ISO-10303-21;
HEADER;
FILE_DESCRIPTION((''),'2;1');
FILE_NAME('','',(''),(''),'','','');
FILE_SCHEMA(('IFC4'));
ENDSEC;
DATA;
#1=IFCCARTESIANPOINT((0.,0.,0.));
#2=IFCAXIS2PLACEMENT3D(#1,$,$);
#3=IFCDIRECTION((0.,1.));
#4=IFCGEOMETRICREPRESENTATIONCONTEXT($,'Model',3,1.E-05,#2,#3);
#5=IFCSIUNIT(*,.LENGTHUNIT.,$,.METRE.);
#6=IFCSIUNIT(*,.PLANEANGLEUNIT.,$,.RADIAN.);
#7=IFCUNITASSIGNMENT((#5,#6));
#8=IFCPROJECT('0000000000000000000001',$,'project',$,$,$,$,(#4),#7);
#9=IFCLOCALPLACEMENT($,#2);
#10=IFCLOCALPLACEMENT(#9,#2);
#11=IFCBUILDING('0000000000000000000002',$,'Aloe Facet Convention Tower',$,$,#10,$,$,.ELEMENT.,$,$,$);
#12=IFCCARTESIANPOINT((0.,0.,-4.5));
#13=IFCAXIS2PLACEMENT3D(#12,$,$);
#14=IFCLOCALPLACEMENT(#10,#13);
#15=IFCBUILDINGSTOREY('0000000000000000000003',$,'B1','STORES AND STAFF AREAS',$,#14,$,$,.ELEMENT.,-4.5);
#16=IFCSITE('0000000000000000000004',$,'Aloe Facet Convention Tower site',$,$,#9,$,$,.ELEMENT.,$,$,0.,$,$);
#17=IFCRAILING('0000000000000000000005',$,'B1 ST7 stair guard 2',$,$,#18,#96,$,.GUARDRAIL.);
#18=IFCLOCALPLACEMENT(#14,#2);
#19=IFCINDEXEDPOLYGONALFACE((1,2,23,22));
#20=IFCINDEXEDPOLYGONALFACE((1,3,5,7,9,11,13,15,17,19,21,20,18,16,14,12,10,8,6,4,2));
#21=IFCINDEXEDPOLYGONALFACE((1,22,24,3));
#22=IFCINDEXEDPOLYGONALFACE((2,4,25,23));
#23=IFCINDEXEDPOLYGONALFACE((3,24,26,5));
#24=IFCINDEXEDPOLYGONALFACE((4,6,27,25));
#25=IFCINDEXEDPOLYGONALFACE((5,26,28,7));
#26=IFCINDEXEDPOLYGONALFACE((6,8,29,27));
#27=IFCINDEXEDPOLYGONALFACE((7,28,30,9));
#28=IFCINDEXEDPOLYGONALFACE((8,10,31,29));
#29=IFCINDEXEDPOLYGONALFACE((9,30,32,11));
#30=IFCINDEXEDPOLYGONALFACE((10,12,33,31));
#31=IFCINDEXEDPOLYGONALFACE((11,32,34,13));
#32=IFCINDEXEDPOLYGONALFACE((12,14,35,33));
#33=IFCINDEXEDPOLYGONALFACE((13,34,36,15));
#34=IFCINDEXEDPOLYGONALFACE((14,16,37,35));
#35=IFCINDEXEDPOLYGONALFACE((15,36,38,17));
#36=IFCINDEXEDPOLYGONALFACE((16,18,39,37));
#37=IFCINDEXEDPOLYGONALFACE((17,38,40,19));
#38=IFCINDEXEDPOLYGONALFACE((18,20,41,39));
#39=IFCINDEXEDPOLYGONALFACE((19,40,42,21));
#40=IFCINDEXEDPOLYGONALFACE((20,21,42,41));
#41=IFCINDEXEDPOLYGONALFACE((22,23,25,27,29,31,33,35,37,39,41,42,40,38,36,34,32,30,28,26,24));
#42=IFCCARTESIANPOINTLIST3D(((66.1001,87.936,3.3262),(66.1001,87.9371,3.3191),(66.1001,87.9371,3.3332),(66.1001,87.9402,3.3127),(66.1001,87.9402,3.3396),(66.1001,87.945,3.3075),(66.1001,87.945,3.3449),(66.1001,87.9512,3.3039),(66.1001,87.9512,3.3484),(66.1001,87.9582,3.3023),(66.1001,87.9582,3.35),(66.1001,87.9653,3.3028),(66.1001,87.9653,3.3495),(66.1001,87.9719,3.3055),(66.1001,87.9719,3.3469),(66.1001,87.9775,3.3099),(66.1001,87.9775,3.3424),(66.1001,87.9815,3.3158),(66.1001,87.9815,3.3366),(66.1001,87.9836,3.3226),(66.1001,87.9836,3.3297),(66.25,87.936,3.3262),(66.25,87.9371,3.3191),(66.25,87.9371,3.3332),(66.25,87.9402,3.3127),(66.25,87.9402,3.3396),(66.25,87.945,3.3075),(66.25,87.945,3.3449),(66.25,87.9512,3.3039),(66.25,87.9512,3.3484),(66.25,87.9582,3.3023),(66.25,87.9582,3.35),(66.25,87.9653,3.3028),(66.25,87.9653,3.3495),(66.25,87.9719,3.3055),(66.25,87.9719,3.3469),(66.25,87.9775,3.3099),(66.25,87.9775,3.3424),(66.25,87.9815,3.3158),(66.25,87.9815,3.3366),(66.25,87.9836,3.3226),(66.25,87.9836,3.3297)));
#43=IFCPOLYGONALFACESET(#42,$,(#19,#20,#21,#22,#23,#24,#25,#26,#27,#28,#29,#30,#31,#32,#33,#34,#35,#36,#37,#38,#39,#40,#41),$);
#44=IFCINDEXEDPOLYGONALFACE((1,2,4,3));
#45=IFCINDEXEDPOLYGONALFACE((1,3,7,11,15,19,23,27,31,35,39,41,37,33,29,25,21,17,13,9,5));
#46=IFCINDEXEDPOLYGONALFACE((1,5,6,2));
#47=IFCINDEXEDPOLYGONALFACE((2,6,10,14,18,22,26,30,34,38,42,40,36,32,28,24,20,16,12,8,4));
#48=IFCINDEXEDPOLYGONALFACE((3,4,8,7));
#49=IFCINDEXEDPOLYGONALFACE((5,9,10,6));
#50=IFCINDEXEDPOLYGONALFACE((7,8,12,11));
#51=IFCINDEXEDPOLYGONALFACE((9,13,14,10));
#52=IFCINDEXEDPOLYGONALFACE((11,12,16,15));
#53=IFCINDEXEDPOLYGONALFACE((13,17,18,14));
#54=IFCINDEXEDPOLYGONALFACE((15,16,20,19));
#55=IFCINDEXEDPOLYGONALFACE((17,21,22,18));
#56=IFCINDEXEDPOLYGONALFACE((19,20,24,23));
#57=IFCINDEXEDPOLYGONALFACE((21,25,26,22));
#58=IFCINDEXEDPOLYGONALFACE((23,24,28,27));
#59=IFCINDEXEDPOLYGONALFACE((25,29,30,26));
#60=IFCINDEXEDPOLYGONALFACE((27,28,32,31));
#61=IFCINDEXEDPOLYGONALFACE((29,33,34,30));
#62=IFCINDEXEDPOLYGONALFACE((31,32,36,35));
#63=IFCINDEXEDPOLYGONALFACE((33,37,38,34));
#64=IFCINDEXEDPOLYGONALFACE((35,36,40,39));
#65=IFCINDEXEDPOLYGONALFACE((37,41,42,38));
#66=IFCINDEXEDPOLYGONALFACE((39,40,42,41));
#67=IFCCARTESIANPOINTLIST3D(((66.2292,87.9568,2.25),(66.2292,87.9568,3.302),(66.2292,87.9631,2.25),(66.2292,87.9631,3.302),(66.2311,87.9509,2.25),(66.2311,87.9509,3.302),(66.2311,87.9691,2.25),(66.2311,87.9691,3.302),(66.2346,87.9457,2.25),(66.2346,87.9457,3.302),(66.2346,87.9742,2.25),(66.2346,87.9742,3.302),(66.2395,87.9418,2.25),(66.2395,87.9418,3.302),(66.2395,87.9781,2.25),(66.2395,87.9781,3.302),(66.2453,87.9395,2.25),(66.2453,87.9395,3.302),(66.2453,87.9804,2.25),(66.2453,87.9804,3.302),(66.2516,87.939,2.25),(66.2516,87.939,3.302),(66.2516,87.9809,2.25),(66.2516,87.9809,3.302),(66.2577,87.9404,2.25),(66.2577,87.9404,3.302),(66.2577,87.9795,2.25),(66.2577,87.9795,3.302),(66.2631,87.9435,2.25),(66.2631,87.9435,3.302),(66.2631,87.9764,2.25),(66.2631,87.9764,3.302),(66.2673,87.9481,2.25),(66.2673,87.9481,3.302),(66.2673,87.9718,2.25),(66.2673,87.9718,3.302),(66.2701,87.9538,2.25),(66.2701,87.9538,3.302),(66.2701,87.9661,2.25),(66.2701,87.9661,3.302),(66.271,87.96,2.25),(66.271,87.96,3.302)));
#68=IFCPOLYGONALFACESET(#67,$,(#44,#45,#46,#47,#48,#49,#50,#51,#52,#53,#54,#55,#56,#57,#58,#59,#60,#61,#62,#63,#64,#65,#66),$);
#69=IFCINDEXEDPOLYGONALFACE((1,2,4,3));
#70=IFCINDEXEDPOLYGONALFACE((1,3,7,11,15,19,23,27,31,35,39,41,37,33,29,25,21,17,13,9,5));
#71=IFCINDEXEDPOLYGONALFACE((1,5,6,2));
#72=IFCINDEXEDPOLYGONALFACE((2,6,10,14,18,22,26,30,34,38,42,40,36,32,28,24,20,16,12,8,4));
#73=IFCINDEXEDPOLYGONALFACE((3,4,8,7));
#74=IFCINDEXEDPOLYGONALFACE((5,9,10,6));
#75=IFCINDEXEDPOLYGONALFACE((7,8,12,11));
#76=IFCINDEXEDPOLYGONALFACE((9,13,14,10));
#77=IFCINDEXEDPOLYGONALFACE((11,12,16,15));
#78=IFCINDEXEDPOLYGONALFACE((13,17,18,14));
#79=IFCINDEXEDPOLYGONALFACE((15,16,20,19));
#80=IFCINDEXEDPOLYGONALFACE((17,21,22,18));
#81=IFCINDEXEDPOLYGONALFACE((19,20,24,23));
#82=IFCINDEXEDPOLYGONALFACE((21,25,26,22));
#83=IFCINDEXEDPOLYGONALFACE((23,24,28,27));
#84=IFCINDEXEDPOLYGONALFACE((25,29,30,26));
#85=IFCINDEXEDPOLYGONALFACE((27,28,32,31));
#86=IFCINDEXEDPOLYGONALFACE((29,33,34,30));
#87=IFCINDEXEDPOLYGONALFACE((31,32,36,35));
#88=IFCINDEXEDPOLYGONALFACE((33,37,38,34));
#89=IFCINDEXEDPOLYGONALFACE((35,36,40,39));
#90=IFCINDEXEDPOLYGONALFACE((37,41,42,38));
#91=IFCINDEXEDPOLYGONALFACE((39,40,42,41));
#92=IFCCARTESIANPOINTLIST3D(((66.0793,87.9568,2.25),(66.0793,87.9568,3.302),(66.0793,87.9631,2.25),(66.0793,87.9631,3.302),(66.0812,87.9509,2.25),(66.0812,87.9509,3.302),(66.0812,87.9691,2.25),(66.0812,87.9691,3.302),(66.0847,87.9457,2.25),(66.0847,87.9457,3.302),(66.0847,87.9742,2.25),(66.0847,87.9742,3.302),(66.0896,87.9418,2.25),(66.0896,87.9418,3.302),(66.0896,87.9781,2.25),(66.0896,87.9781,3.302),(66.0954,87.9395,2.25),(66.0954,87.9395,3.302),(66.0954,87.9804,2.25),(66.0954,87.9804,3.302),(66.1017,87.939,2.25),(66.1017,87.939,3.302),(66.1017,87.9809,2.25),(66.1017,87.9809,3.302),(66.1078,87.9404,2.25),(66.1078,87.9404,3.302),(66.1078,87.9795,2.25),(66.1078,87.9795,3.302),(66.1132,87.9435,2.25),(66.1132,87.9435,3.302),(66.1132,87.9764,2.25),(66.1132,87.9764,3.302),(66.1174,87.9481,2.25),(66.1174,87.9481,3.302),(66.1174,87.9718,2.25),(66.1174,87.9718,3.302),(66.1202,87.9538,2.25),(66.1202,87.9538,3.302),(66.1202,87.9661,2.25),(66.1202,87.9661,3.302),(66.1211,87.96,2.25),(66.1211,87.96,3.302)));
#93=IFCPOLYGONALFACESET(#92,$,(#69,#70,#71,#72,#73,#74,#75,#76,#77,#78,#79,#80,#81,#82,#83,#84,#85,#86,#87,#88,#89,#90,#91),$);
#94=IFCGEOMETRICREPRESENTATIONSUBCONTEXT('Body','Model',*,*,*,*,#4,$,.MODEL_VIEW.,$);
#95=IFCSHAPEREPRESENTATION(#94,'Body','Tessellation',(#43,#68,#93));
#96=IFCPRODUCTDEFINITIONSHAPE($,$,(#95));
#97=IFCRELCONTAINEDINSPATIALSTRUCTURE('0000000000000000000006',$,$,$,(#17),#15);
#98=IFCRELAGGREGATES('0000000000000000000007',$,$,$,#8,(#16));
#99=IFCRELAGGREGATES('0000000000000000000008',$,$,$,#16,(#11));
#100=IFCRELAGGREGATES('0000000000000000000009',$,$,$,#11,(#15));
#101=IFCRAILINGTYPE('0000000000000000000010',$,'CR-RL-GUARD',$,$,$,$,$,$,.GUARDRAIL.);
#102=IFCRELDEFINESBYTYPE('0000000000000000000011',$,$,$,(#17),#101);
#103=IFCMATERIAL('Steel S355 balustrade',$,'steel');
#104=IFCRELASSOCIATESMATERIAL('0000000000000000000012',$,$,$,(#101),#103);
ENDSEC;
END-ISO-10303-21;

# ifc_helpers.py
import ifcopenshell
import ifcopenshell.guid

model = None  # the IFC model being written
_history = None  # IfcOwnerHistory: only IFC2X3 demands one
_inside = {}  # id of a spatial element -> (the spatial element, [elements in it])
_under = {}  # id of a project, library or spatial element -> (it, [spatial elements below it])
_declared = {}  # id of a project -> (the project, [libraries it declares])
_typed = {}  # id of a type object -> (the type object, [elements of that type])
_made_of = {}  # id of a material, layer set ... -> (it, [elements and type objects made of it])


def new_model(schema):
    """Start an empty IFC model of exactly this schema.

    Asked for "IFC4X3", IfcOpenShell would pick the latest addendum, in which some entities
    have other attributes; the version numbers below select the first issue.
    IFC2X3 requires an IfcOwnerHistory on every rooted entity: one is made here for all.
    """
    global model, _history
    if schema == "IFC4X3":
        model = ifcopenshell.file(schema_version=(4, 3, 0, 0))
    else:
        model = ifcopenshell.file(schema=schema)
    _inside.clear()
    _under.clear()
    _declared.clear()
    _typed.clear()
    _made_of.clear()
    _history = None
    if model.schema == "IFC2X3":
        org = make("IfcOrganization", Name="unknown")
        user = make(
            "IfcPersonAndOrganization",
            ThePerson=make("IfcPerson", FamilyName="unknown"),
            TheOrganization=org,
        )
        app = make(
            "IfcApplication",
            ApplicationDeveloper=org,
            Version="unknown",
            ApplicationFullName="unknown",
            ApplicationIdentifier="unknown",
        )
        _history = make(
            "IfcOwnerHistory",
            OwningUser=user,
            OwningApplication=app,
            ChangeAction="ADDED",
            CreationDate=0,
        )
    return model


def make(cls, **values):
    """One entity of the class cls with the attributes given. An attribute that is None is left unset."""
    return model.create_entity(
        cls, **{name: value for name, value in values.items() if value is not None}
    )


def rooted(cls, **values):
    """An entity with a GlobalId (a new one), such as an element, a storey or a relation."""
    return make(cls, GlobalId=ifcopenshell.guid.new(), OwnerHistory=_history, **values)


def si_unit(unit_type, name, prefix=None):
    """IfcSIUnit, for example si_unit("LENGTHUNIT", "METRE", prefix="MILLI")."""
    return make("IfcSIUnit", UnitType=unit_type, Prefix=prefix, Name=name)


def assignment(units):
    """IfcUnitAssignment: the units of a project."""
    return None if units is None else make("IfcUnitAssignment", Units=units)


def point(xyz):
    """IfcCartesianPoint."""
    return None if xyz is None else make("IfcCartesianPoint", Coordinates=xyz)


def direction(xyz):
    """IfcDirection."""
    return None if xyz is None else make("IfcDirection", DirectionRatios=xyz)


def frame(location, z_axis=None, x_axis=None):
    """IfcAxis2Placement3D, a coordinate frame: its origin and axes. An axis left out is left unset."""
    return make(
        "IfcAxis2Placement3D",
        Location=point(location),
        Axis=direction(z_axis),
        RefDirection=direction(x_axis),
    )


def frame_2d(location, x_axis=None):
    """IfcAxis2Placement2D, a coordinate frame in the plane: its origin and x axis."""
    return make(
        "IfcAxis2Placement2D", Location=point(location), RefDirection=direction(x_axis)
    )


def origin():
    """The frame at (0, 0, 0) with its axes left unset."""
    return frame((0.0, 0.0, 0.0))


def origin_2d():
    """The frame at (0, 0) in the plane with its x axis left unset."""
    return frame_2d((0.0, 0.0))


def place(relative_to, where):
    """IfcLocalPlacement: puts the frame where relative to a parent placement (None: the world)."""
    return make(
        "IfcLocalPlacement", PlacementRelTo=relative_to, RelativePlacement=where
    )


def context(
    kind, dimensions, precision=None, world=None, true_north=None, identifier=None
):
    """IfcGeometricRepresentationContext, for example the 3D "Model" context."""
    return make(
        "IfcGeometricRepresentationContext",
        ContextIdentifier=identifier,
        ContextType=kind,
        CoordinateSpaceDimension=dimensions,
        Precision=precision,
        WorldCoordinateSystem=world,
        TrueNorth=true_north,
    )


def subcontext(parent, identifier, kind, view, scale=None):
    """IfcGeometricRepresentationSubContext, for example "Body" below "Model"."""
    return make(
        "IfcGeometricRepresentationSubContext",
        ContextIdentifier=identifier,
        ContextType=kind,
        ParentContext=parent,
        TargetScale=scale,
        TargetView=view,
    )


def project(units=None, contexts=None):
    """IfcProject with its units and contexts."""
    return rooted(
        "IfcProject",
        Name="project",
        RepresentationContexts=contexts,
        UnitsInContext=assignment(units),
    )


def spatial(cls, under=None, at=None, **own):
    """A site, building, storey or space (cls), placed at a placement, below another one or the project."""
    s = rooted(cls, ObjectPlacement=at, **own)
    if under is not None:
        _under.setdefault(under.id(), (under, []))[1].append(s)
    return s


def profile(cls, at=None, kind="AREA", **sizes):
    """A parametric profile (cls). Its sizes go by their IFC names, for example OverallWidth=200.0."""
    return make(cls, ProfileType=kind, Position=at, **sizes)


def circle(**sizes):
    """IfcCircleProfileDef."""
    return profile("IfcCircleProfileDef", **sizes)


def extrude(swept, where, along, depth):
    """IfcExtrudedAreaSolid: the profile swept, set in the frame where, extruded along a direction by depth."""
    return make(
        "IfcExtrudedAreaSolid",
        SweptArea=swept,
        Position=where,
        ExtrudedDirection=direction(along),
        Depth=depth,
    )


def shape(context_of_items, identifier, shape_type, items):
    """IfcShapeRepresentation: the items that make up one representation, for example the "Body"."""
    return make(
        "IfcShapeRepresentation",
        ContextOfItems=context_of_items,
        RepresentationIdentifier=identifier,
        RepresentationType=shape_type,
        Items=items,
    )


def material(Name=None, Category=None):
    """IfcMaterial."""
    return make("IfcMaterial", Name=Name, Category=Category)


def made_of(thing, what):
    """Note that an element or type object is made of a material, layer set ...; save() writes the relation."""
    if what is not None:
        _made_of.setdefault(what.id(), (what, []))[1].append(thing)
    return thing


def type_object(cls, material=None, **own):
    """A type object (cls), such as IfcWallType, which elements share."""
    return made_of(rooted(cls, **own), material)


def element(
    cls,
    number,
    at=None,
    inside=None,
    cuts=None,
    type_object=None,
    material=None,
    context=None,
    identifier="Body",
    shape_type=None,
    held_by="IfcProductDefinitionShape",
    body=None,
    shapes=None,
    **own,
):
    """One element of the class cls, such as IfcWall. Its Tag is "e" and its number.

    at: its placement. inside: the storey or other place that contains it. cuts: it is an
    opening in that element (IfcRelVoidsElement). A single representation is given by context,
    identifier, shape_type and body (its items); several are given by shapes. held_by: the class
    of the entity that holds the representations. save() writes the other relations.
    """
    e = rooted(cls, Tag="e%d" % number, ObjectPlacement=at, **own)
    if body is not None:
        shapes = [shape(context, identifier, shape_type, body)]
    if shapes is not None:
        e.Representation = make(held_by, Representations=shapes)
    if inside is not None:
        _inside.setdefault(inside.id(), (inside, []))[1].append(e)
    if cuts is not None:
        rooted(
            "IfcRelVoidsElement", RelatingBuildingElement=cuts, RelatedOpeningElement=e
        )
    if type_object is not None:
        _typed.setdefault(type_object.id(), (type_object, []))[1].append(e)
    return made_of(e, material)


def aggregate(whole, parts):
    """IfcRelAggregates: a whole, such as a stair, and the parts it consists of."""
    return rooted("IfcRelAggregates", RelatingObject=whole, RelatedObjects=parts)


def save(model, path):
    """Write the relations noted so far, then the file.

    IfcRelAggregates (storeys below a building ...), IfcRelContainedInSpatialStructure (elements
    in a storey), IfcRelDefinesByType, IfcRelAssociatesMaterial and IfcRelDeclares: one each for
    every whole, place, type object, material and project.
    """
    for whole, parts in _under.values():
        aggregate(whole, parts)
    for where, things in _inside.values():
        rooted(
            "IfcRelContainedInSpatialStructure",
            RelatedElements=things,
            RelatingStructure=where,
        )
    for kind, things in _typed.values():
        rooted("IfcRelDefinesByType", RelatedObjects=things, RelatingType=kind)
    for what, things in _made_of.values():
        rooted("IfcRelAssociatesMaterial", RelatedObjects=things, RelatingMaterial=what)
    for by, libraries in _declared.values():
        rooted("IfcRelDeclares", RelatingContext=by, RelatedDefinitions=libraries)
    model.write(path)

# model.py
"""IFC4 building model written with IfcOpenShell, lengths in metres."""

from ifc_helpers import new_model, si_unit, direction, frame, origin, origin_2d, place, context, subcontext, project, spatial, circle, extrude, material, type_object, element, save


model = new_model("IFC4")

# Units and contexts
model_context = context("Model", 3, precision=1e-05, world=origin(), true_north=direction((0.0, 1.0)))
body_context = subcontext(model_context, "Body", "Model", "MODEL_VIEW")
ifc_project = project(units=[si_unit("LENGTHUNIT", "METRE"), si_unit("PLANEANGLEUNIT", "RADIAN")], contexts=[model_context])

# Site, building, storey
site_placement = place(None, origin())
site = spatial("IfcSite", under=ifc_project, at=site_placement, Name="Aloe Facet Convention Tower site", CompositionType="ELEMENT", RefElevation=0.0)
building_placement = place(site_placement, origin())
building = spatial("IfcBuilding", under=site, at=building_placement, Name="Aloe Facet Convention Tower", CompositionType="ELEMENT")
storey_placement = place(building_placement, frame((0.0, 0.0, -4.5)))
storey = spatial("IfcBuildingStorey", under=building, at=storey_placement, Name="B1", Description="STORES AND STAFF AREAS", CompositionType="ELEMENT", Elevation=-4.5)

# Railing
ifc_material_1 = material(Name="Steel S355 balustrade", Category="steel")
railing_type_1 = type_object("IfcRailingType", Name="CR-RL-GUARD", PredefinedType="GUARDRAIL", material=ifc_material_1)
railing_1_placement = place(storey_placement, frame((66.25, 87.96, 2.25)))
element("IfcRailing", 1, at=railing_1_placement, inside=storey, type_object=railing_type_1, Name="B1 ST7 stair guard 2", PredefinedType="GUARDRAIL", context=body_context, shape_type="SweptSolid", body=[
    extrude(circle(Radius=0.0239, at=origin_2d()), frame((0.0, 0.0, 1.0762), z_axis=(-1.0, 0.0, 0.0), x_axis=(0.0, -1.0, 0.0)), (0.0, 0.0, 1.0), 0.1499),
    extrude(circle(Radius=0.021, at=origin_2d()), origin(), (0.0, 0.0, 1.0), 1.052),
    extrude(circle(Radius=0.021, at=origin_2d()), frame((-0.1499, 0.0, 0.0)), (0.0, 0.0, 1.0), 1.052),
])

save(model, "model.ifc")
